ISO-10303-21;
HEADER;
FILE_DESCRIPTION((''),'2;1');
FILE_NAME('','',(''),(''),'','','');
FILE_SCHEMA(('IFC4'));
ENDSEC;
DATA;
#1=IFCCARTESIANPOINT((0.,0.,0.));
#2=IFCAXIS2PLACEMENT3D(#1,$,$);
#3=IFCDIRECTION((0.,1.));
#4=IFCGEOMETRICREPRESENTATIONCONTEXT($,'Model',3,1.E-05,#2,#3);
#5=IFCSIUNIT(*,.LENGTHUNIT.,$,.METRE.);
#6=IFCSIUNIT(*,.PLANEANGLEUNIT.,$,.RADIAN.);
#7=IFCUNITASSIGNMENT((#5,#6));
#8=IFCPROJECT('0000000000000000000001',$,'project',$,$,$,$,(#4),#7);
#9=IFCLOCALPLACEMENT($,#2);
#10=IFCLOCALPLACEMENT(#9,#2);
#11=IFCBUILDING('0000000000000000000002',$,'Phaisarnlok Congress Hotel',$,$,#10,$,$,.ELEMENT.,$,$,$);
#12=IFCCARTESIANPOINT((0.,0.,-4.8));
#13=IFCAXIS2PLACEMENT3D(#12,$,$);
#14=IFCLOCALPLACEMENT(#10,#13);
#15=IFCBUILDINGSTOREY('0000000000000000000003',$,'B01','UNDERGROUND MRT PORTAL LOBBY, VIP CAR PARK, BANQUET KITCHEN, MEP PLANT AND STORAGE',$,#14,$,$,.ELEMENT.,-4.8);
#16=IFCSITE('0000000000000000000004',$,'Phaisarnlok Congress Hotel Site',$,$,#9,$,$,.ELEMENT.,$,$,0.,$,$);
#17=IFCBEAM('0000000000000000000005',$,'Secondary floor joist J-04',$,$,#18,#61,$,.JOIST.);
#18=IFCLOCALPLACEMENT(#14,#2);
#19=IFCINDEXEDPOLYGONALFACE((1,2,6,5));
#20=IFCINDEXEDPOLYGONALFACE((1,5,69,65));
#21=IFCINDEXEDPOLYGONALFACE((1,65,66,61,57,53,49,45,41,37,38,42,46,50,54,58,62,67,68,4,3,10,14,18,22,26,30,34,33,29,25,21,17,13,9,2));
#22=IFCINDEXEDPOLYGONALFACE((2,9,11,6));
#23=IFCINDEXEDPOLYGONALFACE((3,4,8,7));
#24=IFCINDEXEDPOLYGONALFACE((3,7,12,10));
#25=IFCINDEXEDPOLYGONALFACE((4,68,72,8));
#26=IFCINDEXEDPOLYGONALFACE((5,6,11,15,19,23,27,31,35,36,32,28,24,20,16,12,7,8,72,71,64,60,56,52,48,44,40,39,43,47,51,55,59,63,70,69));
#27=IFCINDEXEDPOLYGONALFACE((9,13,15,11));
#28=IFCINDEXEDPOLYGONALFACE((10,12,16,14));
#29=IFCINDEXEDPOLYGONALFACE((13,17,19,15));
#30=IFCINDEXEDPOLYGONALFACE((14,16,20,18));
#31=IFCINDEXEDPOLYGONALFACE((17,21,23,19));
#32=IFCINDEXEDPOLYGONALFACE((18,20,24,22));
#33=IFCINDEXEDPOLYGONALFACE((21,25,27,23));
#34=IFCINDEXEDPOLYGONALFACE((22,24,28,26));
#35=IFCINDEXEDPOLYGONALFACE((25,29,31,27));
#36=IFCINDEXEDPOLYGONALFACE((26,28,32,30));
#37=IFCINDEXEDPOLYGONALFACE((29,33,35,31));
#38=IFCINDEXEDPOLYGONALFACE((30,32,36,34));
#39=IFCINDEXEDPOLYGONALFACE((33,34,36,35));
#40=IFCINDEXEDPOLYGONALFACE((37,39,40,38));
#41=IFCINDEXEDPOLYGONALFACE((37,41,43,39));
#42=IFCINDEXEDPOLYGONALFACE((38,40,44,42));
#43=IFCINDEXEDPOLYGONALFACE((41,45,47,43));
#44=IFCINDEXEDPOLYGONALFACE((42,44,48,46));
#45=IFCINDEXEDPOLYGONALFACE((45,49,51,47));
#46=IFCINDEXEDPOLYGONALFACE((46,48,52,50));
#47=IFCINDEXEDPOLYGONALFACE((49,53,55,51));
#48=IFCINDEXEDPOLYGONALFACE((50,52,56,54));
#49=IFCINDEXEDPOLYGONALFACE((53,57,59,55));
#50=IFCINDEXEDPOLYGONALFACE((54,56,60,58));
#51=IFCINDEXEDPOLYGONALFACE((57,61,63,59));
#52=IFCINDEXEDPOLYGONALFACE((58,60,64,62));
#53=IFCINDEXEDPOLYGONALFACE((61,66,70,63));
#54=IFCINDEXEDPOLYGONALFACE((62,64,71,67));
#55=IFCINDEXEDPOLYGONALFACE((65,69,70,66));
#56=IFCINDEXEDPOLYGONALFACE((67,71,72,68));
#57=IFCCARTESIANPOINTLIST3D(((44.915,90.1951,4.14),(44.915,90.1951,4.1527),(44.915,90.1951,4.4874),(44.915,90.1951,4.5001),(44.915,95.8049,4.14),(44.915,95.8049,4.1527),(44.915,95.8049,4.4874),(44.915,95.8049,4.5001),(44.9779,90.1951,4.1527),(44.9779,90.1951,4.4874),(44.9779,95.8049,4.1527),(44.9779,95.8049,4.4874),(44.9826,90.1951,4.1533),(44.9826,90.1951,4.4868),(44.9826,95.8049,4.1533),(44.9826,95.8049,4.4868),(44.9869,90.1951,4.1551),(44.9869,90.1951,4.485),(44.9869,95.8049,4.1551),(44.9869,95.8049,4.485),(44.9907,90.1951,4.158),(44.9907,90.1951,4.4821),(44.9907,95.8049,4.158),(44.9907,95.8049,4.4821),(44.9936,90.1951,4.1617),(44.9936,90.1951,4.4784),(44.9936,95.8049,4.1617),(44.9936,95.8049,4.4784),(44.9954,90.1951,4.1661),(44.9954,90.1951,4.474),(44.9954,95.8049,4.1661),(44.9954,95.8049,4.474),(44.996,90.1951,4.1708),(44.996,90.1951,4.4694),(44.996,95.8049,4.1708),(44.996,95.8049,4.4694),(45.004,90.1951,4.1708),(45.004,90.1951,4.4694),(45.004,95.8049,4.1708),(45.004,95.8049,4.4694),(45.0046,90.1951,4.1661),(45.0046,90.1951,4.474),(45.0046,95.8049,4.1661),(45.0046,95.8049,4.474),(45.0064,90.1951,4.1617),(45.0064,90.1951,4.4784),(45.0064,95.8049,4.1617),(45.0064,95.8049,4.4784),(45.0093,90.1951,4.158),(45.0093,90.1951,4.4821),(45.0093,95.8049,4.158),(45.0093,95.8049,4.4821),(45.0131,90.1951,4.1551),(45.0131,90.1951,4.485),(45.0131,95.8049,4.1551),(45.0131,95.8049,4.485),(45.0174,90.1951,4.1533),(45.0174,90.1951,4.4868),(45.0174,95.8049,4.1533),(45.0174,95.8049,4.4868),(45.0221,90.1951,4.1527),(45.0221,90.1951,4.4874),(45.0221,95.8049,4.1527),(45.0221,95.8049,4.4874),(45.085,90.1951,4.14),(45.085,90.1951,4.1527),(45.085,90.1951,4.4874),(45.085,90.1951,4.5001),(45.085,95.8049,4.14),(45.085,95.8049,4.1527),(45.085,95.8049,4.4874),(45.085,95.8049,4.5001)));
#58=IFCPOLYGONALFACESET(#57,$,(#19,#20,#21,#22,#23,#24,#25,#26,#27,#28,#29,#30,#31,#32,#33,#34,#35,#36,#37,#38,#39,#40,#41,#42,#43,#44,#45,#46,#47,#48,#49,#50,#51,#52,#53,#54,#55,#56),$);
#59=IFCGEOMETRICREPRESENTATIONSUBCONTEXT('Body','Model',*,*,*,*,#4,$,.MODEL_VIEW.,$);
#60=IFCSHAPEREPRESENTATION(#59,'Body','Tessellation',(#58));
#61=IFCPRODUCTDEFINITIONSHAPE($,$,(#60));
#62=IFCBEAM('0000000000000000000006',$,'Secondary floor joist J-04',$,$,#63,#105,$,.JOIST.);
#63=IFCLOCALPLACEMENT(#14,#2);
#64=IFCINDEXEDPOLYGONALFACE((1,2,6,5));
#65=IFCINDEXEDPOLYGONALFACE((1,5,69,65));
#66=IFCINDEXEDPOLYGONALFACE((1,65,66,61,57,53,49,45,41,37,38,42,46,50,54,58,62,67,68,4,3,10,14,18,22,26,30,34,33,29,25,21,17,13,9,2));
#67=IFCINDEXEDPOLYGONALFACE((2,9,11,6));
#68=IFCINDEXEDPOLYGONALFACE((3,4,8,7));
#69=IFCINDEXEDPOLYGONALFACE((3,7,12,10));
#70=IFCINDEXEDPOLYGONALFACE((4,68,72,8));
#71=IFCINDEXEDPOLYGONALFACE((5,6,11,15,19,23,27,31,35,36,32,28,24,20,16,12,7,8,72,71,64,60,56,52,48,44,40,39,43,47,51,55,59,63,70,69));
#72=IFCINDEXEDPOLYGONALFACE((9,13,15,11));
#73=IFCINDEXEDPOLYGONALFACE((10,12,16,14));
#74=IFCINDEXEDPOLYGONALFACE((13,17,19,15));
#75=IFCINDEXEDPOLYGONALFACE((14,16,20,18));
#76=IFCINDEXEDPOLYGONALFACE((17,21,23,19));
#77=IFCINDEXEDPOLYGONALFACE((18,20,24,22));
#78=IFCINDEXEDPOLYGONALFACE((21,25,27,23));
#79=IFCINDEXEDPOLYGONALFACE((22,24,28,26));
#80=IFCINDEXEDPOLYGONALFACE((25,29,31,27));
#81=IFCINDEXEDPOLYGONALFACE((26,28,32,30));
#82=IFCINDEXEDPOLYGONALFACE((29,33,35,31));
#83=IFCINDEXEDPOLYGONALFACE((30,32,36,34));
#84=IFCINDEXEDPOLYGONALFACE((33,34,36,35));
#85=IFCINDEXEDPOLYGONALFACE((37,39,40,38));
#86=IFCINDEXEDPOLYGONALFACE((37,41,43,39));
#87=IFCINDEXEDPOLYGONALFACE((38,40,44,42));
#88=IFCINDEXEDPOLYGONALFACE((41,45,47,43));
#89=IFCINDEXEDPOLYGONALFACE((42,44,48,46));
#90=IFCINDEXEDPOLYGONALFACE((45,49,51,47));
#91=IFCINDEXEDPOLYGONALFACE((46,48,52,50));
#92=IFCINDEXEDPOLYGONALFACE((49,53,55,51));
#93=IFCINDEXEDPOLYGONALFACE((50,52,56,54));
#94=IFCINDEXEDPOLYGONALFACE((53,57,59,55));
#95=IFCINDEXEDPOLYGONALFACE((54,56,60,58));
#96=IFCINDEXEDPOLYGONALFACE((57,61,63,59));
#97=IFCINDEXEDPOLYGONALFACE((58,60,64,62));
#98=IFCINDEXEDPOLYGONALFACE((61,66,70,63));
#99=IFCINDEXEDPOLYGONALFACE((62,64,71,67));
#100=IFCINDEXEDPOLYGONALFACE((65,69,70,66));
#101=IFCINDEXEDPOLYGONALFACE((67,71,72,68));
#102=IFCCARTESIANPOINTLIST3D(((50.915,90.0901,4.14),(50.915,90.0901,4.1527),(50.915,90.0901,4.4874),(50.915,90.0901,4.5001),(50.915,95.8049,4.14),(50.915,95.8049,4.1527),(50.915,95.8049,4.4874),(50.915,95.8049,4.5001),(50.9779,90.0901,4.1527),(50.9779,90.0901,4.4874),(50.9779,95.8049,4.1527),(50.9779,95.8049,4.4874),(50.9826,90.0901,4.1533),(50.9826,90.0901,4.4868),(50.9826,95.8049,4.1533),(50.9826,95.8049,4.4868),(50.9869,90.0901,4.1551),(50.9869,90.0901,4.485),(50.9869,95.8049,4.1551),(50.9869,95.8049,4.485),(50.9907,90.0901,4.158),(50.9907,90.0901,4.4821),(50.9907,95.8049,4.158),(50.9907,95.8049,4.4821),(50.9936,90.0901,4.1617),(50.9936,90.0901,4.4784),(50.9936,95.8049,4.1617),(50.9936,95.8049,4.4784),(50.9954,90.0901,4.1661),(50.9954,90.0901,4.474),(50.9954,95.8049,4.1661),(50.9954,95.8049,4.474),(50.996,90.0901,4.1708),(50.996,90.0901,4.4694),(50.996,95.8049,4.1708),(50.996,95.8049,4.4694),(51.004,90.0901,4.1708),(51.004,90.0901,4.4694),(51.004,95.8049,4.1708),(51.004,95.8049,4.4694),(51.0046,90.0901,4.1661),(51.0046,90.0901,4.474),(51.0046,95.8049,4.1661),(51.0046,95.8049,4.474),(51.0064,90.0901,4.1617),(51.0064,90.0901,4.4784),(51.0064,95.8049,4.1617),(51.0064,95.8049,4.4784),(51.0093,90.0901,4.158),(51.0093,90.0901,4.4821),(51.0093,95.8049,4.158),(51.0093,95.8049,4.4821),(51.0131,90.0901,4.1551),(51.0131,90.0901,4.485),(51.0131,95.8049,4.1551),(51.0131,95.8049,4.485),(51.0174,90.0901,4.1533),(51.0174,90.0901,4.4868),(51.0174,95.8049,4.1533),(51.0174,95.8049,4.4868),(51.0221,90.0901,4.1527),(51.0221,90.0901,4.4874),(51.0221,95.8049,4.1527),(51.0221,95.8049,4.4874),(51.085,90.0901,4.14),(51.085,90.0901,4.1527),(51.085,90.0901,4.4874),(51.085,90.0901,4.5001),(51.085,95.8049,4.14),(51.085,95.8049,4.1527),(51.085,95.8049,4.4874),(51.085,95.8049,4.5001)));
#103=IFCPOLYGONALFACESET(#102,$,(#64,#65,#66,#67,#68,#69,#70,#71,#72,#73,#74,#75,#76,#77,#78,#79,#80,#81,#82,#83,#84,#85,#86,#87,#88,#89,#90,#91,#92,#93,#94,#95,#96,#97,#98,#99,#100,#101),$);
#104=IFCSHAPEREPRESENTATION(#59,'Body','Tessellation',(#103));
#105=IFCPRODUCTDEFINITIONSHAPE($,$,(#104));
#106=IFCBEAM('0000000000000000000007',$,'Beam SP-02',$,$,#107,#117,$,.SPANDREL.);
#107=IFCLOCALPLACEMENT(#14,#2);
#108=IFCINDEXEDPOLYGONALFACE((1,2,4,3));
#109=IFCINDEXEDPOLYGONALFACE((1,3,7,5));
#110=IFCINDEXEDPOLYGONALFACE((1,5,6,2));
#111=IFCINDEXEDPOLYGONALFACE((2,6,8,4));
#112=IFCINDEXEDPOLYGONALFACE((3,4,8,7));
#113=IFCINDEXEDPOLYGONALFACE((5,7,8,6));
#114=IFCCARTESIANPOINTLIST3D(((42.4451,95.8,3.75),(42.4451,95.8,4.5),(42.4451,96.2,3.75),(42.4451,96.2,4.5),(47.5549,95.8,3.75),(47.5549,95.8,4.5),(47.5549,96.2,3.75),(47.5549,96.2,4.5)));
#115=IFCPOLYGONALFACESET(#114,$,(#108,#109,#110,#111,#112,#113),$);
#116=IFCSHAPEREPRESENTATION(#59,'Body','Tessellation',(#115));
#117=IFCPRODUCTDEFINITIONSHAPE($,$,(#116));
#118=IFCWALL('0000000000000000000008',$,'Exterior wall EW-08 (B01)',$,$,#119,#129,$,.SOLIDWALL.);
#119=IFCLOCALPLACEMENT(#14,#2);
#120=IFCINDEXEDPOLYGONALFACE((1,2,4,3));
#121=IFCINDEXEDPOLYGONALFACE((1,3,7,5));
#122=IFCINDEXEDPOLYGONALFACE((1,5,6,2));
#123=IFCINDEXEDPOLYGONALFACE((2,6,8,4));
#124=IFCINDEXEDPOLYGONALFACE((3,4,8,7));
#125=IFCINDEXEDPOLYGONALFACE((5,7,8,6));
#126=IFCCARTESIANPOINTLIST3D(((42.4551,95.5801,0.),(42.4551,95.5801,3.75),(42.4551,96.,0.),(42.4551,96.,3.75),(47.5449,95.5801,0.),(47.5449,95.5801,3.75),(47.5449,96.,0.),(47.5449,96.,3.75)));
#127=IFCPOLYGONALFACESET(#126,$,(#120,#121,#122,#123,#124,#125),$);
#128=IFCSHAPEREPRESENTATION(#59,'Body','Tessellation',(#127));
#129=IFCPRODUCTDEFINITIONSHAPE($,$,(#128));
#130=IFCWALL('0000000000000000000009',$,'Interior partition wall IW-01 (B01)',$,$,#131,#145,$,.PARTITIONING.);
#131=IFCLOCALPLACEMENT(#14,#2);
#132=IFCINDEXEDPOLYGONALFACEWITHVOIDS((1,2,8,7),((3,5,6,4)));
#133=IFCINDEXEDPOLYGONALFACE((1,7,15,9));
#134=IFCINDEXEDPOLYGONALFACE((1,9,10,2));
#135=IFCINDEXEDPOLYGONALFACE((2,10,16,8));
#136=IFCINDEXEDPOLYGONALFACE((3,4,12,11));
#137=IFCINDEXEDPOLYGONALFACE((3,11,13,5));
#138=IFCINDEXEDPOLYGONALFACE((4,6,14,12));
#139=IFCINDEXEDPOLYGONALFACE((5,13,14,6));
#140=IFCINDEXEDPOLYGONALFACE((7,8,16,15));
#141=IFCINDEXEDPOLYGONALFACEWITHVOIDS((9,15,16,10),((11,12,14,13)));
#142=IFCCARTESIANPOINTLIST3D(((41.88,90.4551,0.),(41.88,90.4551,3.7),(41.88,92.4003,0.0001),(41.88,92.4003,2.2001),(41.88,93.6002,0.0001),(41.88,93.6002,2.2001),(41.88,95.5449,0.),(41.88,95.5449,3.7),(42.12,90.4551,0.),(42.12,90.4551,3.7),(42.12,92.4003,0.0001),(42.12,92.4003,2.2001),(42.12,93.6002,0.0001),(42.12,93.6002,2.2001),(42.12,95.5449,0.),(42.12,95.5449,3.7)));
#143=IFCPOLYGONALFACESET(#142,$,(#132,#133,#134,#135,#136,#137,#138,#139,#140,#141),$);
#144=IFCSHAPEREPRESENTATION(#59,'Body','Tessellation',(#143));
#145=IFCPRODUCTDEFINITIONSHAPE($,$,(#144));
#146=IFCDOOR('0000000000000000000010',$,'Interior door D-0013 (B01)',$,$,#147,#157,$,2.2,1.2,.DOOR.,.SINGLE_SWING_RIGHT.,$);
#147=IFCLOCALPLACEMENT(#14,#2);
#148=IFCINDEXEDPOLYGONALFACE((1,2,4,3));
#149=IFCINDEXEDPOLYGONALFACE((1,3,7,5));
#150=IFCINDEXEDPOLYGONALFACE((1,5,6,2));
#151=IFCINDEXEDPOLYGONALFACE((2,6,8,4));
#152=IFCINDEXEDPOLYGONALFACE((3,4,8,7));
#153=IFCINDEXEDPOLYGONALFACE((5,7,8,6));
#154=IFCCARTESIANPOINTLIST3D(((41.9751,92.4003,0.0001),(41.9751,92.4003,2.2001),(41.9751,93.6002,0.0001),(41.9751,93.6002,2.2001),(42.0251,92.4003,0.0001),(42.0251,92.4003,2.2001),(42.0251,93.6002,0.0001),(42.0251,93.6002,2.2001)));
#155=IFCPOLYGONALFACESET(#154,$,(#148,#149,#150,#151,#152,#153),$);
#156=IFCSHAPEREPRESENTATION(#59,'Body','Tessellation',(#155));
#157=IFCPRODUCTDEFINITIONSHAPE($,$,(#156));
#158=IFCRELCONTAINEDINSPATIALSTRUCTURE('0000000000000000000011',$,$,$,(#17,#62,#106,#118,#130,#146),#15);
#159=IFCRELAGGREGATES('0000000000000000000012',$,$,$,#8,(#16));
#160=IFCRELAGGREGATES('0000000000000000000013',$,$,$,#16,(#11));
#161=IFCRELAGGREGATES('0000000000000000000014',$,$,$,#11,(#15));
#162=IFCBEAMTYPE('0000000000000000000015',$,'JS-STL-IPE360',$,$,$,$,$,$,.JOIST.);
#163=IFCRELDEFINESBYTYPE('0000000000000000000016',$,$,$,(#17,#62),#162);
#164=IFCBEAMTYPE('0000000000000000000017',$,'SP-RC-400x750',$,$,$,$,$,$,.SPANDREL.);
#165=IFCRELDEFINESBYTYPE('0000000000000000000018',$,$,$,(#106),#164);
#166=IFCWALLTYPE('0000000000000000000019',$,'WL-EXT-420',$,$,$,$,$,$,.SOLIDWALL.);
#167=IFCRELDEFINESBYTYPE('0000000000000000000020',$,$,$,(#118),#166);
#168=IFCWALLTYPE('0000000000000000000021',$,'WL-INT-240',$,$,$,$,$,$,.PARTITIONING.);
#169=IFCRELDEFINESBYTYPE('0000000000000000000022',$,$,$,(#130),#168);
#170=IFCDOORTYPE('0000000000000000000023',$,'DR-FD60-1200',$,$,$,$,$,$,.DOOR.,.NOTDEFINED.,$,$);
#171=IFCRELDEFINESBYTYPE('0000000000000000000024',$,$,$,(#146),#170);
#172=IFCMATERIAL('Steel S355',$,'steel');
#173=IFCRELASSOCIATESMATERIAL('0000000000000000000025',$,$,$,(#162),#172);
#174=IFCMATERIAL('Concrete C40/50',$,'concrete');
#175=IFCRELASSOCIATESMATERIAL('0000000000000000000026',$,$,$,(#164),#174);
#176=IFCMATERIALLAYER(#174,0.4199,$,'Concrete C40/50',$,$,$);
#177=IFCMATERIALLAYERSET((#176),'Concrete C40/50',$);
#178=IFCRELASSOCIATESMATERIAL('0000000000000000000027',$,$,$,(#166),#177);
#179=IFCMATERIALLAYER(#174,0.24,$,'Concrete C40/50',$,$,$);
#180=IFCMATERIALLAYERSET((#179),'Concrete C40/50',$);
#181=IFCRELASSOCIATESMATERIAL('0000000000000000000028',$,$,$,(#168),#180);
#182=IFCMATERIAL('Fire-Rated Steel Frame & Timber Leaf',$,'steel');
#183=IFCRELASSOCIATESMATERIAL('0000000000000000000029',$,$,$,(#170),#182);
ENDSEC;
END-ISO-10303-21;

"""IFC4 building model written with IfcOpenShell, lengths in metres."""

from ifc_helpers import new_model, si_unit, direction, frame, frame_2d, origin, origin_2d, place, context, subcontext, project, spatial, rectangle, i_section, extrude, material, layer, layer_set, material_profile, profile_set, type_object, element, fill, save


model = new_model("IFC4")

# Units and contexts
model_context = context("Model", 3, precision=1e-05, world=origin(), true_north=direction((0.0, 1.0)))
body_context = subcontext(model_context, "Body", "Model", "MODEL_VIEW")
ifc_project = project(units=[si_unit("LENGTHUNIT", "METRE"), si_unit("PLANEANGLEUNIT", "RADIAN")], contexts=[model_context])

# Site, building, storey
site_placement = place(None, origin())
site = spatial("IfcSite", under=ifc_project, at=site_placement, Name="Phaisarnlok Congress Hotel Site", CompositionType="ELEMENT", RefElevation=0.0)
building_placement = place(site_placement, origin())
building = spatial("IfcBuilding", under=site, at=building_placement, Name="Phaisarnlok Congress Hotel", CompositionType="ELEMENT")
storey_placement = place(building_placement, frame((0.0, 0.0, -4.8)))
storey = spatial("IfcBuildingStorey", under=building, at=storey_placement, Name="B01", Description="UNDERGROUND MRT PORTAL LOBBY, VIP CAR PARK, BANQUET KITCHEN, MEP PLANT AND STORAGE", CompositionType="ELEMENT", Elevation=-4.8)

# Shared definitions
ifc_material_1 = material(Name="Concrete C40/50", Category="concrete")

# Beams
ifc_material_2 = material(Name="Steel S355", Category="steel")
ifc_material_profile_1 = material_profile(ifc_material_2, i_section(OverallWidth=0.1699, OverallDepth=0.3601, WebThickness=0.0081, FlangeThickness=0.0127, FilletRadius=0.0181, at=origin_2d()), Name="IPE 360")
ifc_profile_set_1 = profile_set([ifc_material_profile_1], Name="Steel S355")
beam_type_1 = type_object("IfcBeamType", Name="JS-STL-IPE360", PredefinedType="JOIST", material=ifc_profile_set_1)
beam_1_placement = place(storey_placement, frame((45.0, 90.1951, 4.3201), z_axis=(0.0, 1.0, 0.0), x_axis=(-1.0, 0.0, 0.0)))
element("IfcBeam", 1, at=beam_1_placement, inside=storey, type_object=beam_type_1, Name="Secondary floor joist J-04", PredefinedType="JOIST", context=body_context, shape_type="SweptSolid", body=[
    extrude(i_section(OverallWidth=0.1699, OverallDepth=0.3601, WebThickness=0.0081, FlangeThickness=0.0127, FilletRadius=0.0181, at=origin_2d()), origin(), (0.0, 0.0, 1.0), 5.6099),
])
beam_2_placement = place(storey_placement, frame((51.0, 90.0901, 4.3201), z_axis=(0.0, 1.0, 0.0), x_axis=(-1.0, 0.0, 0.0)))
element("IfcBeam", 2, at=beam_2_placement, inside=storey, type_object=beam_type_1, Name="Secondary floor joist J-04", PredefinedType="JOIST", context=body_context, shape_type="SweptSolid", body=[
    extrude(i_section(OverallWidth=0.1699, OverallDepth=0.3601, WebThickness=0.0081, FlangeThickness=0.0127, FilletRadius=0.0181, at=origin_2d()), origin(), (0.0, 0.0, 1.0), 5.7148),
])
ifc_material_profile_2 = material_profile(ifc_material_1, rectangle(XDim=0.3999, YDim=0.75, at=origin_2d()), Name="RC 400x750")
ifc_profile_set_2 = profile_set([ifc_material_profile_2], Name="Concrete C40/50")
beam_type_2 = type_object("IfcBeamType", Name="SP-RC-400x750", PredefinedType="SPANDREL", material=ifc_profile_set_2)
beam_3_placement = place(storey_placement, frame((42.4451, 96.0, 4.125), z_axis=(1.0, 0.0, 0.0), x_axis=(0.0, 1.0, 0.0)))
element("IfcBeam", 3, at=beam_3_placement, inside=storey, type_object=beam_type_2, Name="Beam SP-02", PredefinedType="SPANDREL", context=body_context, shape_type="SweptSolid", body=[
    extrude(rectangle(XDim=0.3999, YDim=0.75, at=origin_2d()), origin(), (0.0, 0.0, 1.0), 5.1099),
])

# Wall
ifc_layer_1 = layer(ifc_material_1, 0.4199, Name="Concrete C40/50")
ifc_layer_set_1 = layer_set([ifc_layer_1], Name="Concrete C40/50")
wall_type_1 = type_object("IfcWallType", Name="WL-EXT-420", PredefinedType="SOLIDWALL", material=ifc_layer_set_1)
wall_1_placement = place(storey_placement, frame((47.5449, 95.79, 0.0), z_axis=(0.0, 0.0, 1.0), x_axis=(-1.0, 0.0, 0.0)))
element("IfcWall", 4, at=wall_1_placement, inside=storey, type_object=wall_type_1, Name="Exterior wall EW-08 (B01)", PredefinedType="SOLIDWALL", context=body_context, shape_type="SweptSolid", body=[
    extrude(rectangle(XDim=5.0898, YDim=0.4199, at=frame_2d((2.5449, 0.0))), origin(), (0.0, 0.0, 1.0), 3.75),
])

# Wall, opening, door
ifc_layer_2 = layer(ifc_material_1, 0.24, Name="Concrete C40/50")
ifc_layer_set_2 = layer_set([ifc_layer_2], Name="Concrete C40/50")
wall_type_2 = type_object("IfcWallType", Name="WL-INT-240", PredefinedType="PARTITIONING", material=ifc_layer_set_2)
wall_2_placement = place(storey_placement, frame((42.0, 90.4551, 0.0), z_axis=(0.0, 0.0, 1.0), x_axis=(0.0, 1.0, 0.0)))
wall_2 = element("IfcWall", 5, at=wall_2_placement, inside=storey, type_object=wall_type_2, Name="Interior partition wall IW-01 (B01)", PredefinedType="PARTITIONING", context=body_context, shape_type="SweptSolid", body=[
    extrude(rectangle(XDim=5.0898, YDim=0.24, at=frame_2d((2.5449, 0.0))), origin(), (0.0, 0.0, 1.0), 3.7),
])
opening_1_placement = place(wall_2_placement, frame((1.9451, 0.0, 0.0)))
opening_1 = element("IfcOpeningElement", 6, at=opening_1_placement, cuts=wall_2, PredefinedType="OPENING", context=body_context, shape_type="SweptSolid", body=[
    extrude(rectangle(XDim=1.2, YDim=2.2, at=frame_2d((0.6001, 1.1001))), frame((0.0, 0.1299, 0.0), z_axis=(0.0, -1.0, 0.0), x_axis=(1.0, 0.0, 0.0)), (0.0, 0.0, 1.0), 0.26),
])
ifc_material_3 = material(Name="Fire-Rated Steel Frame & Timber Leaf", Category="steel")
door_type = type_object("IfcDoorType", Name="DR-FD60-1200", OperationType="NOTDEFINED", PredefinedType="DOOR", material=ifc_material_3)
door_1_placement = place(opening_1_placement, origin())
door_1 = element("IfcDoor", 7, at=door_1_placement, inside=storey, type_object=door_type, Name="Interior door D-0013 (B01)", OperationType="SINGLE_SWING_RIGHT", OverallHeight=2.2, OverallWidth=1.2, PredefinedType="DOOR", context=body_context, shape_type="SweptSolid", body=[
    extrude(rectangle(XDim=1.2, YDim=2.2, at=frame_2d((0.6001, 1.1001))), frame((0.0, 0.0249, 0.0), z_axis=(0.0, -1.0, 0.0), x_axis=(1.0, 0.0, 0.0)), (0.0, 0.0, 1.0), 0.05),
])
fill(opening_1, door_1)

save(model, "model.ifc")
